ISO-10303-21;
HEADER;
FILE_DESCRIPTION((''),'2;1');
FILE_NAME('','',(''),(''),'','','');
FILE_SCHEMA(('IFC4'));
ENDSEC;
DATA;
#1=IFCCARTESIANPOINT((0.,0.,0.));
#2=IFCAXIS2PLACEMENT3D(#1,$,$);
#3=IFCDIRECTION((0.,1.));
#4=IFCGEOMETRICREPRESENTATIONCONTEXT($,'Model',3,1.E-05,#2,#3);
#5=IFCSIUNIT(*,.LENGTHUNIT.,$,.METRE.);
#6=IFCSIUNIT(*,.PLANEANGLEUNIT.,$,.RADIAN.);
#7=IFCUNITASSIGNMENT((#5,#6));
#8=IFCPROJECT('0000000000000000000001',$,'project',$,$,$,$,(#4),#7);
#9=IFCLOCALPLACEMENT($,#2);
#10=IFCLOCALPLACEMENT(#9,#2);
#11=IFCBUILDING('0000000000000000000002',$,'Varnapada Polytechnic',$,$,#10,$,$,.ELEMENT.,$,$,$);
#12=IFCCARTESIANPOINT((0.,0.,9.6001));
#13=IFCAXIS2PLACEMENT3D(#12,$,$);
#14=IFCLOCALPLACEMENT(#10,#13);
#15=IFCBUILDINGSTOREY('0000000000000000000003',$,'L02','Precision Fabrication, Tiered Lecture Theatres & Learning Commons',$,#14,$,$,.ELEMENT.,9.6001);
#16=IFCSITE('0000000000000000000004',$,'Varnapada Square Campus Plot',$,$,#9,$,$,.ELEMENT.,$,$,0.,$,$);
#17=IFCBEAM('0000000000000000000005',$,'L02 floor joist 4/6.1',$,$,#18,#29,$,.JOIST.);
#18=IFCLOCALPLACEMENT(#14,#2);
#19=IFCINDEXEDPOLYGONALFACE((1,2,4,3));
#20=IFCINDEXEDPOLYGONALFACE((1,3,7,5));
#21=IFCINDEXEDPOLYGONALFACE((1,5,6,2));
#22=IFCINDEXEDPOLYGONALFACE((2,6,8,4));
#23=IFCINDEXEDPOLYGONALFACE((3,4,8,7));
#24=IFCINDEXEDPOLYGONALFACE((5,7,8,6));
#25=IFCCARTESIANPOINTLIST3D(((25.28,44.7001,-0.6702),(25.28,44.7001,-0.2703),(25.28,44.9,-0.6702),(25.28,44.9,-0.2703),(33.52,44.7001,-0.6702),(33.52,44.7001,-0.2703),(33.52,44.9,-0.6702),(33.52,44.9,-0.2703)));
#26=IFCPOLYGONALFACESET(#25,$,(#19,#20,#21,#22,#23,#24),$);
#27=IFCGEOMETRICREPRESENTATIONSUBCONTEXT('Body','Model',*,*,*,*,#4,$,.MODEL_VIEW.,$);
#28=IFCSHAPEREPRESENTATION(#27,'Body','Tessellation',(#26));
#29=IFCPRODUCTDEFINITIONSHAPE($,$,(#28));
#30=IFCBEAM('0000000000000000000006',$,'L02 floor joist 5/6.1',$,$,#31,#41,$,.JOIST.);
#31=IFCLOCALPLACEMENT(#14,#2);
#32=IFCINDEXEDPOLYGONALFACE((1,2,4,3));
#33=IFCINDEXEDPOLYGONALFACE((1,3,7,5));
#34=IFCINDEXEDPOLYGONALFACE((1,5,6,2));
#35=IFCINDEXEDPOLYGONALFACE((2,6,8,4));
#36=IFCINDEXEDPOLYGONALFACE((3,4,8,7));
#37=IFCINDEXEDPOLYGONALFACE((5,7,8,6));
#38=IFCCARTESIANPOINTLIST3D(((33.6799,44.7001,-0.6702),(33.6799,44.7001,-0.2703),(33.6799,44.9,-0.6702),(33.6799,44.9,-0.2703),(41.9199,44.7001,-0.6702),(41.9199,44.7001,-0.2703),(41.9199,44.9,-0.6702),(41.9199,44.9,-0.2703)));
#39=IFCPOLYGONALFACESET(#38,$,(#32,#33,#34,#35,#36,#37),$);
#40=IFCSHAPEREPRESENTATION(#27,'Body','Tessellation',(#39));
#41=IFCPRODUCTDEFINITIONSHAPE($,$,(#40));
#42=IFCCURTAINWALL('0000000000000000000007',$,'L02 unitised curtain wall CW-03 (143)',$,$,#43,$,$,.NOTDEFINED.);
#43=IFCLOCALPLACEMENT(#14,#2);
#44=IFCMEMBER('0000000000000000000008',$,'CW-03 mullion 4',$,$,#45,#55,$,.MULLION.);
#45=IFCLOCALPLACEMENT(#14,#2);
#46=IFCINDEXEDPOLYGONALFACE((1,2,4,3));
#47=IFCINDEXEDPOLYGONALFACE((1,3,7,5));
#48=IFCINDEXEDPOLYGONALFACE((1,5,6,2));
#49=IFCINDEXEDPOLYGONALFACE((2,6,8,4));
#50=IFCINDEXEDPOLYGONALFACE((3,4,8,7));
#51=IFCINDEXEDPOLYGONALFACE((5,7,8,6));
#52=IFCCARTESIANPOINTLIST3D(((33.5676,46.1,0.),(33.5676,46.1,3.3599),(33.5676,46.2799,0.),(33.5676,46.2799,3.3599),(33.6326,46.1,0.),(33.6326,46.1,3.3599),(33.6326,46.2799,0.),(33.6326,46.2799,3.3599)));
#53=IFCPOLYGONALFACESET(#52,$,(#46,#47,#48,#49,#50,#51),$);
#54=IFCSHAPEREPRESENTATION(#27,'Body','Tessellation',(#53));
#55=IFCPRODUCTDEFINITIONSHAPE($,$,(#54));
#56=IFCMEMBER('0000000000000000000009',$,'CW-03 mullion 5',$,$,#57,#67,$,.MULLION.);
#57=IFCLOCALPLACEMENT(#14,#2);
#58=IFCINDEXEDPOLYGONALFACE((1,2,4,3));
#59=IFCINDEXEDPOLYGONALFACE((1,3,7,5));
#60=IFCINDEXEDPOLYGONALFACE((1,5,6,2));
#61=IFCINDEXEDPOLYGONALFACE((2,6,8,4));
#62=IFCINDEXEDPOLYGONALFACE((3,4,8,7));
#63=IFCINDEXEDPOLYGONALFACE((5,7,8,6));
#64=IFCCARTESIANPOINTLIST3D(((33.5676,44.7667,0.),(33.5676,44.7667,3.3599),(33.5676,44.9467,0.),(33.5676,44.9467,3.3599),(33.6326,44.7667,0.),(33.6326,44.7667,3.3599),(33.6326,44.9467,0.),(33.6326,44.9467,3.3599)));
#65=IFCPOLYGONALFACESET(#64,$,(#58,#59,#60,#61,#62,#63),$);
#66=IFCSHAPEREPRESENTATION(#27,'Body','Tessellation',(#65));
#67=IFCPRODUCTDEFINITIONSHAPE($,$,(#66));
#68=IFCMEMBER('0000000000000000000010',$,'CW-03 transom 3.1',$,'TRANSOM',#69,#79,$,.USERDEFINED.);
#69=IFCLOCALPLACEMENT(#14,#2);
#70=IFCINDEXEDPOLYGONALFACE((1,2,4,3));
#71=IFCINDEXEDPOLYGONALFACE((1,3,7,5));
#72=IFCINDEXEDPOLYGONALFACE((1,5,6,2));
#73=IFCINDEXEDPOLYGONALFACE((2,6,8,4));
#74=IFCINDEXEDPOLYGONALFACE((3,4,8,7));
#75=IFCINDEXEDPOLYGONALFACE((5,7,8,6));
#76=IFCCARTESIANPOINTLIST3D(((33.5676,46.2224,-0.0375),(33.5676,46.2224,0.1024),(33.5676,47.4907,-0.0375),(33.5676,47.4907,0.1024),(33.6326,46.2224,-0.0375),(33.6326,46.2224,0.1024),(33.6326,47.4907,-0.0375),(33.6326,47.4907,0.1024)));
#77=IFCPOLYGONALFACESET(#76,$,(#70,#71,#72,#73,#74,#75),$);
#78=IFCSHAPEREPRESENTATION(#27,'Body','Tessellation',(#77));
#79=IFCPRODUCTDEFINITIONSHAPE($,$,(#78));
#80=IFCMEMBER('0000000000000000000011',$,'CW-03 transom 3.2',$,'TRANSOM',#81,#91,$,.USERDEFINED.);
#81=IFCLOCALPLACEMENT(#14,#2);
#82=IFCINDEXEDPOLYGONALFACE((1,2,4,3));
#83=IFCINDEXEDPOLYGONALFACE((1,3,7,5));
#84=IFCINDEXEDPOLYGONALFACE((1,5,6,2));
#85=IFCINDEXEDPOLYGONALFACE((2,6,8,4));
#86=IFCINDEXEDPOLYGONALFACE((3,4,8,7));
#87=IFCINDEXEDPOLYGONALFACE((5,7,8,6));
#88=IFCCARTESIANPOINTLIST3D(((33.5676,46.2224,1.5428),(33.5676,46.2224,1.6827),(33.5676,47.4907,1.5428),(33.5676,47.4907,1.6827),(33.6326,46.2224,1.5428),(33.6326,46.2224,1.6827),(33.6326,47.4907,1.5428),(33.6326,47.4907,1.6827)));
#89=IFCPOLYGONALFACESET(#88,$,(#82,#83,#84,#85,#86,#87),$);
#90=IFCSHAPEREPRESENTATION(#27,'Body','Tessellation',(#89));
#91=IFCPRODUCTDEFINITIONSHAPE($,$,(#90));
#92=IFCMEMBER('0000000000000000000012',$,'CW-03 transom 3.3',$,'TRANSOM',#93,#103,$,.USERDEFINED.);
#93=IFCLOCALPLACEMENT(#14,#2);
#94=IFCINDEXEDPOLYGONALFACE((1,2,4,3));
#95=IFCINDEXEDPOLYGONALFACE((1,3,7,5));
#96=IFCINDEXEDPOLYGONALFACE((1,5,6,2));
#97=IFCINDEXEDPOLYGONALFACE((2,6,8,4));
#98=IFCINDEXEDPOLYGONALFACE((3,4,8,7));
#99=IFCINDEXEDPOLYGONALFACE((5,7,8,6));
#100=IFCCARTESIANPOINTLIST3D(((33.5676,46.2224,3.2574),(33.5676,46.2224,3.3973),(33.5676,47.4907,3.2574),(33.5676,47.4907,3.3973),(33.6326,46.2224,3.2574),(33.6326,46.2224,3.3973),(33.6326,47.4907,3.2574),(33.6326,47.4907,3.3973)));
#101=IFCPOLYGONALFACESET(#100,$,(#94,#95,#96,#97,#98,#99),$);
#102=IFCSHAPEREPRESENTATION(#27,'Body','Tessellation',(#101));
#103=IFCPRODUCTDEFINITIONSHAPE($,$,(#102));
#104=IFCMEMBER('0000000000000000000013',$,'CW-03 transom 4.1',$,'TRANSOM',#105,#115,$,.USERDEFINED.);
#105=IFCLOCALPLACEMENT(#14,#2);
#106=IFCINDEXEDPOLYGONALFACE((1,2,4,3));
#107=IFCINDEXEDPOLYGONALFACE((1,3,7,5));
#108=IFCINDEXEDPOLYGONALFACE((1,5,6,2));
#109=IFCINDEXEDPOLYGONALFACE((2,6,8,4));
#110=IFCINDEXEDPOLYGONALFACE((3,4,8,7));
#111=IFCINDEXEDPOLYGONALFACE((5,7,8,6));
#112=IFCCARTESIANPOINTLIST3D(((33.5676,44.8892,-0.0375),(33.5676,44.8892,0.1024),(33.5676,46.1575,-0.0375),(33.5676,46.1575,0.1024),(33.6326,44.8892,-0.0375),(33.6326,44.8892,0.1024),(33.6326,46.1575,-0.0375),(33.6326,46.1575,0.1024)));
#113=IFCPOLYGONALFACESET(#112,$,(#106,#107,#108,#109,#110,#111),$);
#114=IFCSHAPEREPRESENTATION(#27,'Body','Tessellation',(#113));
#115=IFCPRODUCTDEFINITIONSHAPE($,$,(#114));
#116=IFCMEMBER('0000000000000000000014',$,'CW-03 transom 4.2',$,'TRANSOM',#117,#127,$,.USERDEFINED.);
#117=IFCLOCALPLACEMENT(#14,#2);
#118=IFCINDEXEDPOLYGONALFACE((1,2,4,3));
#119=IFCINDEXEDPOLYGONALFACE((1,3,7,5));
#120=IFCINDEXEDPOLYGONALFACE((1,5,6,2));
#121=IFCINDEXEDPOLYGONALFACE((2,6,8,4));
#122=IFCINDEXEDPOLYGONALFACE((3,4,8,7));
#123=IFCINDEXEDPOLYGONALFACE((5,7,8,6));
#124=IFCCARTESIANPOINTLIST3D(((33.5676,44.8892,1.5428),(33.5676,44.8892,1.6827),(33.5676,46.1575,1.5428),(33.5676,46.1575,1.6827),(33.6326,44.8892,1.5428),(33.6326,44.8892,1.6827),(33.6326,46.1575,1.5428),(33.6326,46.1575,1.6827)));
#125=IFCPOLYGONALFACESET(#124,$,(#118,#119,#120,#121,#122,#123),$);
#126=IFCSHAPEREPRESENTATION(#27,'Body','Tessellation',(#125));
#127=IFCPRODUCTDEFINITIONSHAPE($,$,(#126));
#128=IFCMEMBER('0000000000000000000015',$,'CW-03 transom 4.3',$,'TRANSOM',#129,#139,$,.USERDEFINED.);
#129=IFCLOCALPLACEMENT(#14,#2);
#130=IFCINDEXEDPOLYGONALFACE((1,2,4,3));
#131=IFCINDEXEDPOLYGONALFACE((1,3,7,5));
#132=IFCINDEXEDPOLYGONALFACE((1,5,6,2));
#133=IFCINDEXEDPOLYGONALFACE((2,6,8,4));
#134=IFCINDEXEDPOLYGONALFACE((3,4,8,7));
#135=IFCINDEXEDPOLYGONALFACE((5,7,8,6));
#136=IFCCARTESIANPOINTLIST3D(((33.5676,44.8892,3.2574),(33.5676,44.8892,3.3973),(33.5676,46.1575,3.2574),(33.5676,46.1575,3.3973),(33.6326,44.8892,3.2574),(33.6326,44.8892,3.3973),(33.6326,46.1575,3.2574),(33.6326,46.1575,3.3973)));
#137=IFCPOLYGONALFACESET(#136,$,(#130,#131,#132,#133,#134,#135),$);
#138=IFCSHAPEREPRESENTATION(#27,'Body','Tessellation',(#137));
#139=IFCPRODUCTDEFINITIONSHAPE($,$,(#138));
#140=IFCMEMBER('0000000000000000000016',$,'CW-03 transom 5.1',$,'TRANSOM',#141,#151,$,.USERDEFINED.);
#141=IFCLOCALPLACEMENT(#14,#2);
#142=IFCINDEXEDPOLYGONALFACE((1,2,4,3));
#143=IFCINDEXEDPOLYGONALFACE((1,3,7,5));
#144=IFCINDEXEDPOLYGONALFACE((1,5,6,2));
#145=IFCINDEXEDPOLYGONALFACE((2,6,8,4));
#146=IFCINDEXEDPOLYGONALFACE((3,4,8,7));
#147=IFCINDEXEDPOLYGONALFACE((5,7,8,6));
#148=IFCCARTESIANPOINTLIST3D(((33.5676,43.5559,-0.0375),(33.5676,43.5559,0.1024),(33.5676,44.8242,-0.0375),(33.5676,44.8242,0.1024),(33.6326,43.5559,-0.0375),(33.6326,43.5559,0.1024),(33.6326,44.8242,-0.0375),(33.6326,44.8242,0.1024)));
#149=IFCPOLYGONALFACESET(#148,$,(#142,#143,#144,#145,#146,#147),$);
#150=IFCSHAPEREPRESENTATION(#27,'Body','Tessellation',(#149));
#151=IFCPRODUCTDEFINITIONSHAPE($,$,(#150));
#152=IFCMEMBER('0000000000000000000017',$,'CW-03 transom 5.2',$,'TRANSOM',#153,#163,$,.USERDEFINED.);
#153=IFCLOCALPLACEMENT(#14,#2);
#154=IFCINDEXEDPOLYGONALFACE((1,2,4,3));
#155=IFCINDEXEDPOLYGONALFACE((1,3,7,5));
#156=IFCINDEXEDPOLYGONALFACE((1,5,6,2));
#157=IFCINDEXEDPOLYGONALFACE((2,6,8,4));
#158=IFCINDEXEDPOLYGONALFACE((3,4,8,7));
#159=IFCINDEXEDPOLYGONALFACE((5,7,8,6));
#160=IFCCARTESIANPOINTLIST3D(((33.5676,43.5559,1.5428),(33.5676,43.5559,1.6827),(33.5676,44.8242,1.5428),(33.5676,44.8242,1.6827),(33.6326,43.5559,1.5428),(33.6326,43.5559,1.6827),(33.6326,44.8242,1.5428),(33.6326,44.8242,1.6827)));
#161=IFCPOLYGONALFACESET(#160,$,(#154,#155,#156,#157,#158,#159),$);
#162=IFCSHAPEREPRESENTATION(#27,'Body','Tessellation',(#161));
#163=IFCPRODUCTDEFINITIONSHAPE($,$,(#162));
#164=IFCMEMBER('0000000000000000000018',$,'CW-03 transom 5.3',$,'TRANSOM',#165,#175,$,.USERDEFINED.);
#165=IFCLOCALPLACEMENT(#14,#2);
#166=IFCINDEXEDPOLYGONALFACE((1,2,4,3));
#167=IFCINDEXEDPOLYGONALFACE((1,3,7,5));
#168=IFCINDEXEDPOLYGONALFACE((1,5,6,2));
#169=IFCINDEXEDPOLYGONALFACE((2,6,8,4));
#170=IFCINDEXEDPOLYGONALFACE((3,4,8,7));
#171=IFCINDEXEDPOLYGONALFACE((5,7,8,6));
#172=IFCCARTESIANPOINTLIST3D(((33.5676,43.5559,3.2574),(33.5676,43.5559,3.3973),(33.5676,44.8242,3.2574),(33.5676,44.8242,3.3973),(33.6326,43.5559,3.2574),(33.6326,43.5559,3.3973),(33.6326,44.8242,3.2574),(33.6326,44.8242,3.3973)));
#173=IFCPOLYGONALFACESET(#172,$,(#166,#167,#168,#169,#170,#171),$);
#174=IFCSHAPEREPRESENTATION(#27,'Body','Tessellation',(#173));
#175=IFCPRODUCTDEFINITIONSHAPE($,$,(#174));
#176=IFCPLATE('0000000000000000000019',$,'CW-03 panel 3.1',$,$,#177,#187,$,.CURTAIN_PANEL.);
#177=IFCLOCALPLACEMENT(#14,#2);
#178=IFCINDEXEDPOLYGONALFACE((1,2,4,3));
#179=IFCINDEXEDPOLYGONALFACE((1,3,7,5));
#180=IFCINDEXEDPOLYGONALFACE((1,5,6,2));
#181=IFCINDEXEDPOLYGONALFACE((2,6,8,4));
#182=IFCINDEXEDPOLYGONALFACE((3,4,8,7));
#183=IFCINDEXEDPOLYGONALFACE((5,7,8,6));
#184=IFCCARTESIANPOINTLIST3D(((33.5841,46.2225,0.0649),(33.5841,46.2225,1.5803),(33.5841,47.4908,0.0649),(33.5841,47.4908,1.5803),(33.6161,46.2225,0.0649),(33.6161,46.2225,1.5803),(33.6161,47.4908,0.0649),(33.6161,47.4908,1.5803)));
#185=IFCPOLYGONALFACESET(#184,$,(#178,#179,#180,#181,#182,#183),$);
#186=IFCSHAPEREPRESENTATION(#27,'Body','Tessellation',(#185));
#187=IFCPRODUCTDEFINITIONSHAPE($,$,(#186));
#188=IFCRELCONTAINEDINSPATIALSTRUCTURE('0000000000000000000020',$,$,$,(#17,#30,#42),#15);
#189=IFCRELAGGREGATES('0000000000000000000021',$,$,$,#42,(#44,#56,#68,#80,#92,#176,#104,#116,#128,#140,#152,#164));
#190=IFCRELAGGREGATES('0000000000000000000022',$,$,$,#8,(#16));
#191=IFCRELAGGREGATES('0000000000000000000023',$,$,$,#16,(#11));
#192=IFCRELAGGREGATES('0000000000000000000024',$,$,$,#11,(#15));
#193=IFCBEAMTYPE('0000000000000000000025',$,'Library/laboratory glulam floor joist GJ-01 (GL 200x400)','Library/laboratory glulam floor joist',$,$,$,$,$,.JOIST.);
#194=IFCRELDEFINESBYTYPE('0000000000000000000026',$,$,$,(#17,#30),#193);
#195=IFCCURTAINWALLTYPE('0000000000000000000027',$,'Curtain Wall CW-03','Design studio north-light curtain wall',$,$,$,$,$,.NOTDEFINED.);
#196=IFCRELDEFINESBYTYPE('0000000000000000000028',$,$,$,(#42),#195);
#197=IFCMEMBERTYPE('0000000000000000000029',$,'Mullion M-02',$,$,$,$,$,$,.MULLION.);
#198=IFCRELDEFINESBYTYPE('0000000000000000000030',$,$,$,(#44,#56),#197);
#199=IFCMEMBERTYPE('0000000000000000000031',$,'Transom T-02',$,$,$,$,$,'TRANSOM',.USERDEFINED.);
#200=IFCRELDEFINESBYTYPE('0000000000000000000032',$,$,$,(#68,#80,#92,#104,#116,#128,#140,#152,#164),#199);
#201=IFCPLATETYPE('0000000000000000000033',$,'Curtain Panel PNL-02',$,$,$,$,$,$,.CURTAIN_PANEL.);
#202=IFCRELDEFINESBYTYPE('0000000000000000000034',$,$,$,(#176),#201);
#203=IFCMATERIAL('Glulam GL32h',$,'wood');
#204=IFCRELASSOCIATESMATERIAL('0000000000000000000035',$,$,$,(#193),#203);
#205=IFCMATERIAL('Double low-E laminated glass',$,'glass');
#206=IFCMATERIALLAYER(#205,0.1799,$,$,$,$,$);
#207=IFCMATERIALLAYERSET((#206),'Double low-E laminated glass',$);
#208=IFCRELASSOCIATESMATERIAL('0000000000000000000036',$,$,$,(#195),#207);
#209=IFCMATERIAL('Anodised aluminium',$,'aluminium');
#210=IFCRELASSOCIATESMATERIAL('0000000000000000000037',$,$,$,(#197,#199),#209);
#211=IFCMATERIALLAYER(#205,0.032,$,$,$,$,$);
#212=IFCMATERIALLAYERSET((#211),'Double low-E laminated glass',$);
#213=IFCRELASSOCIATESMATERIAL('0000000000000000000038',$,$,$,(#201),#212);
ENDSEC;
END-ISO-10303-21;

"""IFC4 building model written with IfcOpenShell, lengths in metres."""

from ifc_helpers import new_model, si_unit, direction, frame, origin, origin_2d, place, context, subcontext, project, spatial, rectangle, extrude, material, layer, layer_set, material_profile, profile_set, type_object, element, aggregate, save


model = new_model("IFC4")

# Units and contexts
model_context = context("Model", 3, precision=1e-05, world=origin(), true_north=direction((0.0, 1.0)))
body_context = subcontext(model_context, "Body", "Model", "MODEL_VIEW")
ifc_project = project(units=[si_unit("LENGTHUNIT", "METRE"), si_unit("PLANEANGLEUNIT", "RADIAN")], contexts=[model_context])

# Site, building, storey
site_placement = place(None, origin())
site = spatial("IfcSite", under=ifc_project, at=site_placement, Name="Varnapada Square Campus Plot", CompositionType="ELEMENT", RefElevation=0.0)
building_placement = place(site_placement, origin())
building = spatial("IfcBuilding", under=site, at=building_placement, Name="Varnapada Polytechnic", CompositionType="ELEMENT")
storey_placement = place(building_placement, frame((0.0, 0.0, 9.6001)))
storey = spatial("IfcBuildingStorey", under=building, at=storey_placement, Name="L02", Description="Precision Fabrication, Tiered Lecture Theatres & Learning Commons", CompositionType="ELEMENT", Elevation=9.6001)

# Beams
ifc_material_1 = material(Name="Glulam GL32h", Category="wood")
ifc_material_profile_1 = material_profile(ifc_material_1, rectangle(XDim=0.2, YDim=0.3999, at=origin_2d()), Name="GL 200x400")
ifc_profile_set_1 = profile_set([ifc_material_profile_1], Name="Glulam GL32h")
beam_type = type_object("IfcBeamType", Name="Library/laboratory glulam floor joist GJ-01 (GL 200x400)", Description="Library/laboratory glulam floor joist", PredefinedType="JOIST", material=ifc_profile_set_1)
for number, where, z_axis, x_axis, name in (
    (1, (25.28, 44.8, -0.4702), (1.0, 0.0, 0.0), (0.0, 1.0, 0.0), "L02 floor joist 4/6.1"),
    (2, (33.6799, 44.8, -0.4702), (1.0, 0.0, 0.0), (0.0, 1.0, 0.0), "L02 floor joist 5/6.1"),
):
    element("IfcBeam", number, at=place(storey_placement, frame(where, z_axis=z_axis, x_axis=x_axis)), inside=storey, type_object=beam_type, Name=name, PredefinedType="JOIST", context=body_context, shape_type="SweptSolid", body=[
        extrude(rectangle(XDim=0.2, YDim=0.3999, at=origin_2d()), origin(), (0.0, 0.0, 1.0), 8.24),
    ])

# Curtain wall, members, plate
ifc_material_2 = material(Name="Double low-E laminated glass", Category="glass")
ifc_layer_1 = layer(ifc_material_2, 0.1799)
ifc_layer_set_1 = layer_set([ifc_layer_1], Name="Double low-E laminated glass")
curtain_wall_type = type_object("IfcCurtainWallType", Name="Curtain Wall CW-03", Description="Design studio north-light curtain wall", PredefinedType="NOTDEFINED", material=ifc_layer_set_1)
curtain_wall_placement = place(storey_placement, origin())
curtain_wall = element("IfcCurtainWall", 3, at=curtain_wall_placement, inside=storey, type_object=curtain_wall_type, Name="L02 unitised curtain wall CW-03 (143)", PredefinedType="NOTDEFINED")
ifc_material_3 = material(Name="Anodised aluminium", Category="aluminium")
ifc_material_profile_2 = material_profile(ifc_material_3, rectangle(XDim=0.0649, YDim=0.1799, at=origin_2d()), Name="ALU M65x180")
ifc_profile_set_2 = profile_set([ifc_material_profile_2], Name="Anodised aluminium")
member_type_1 = type_object("IfcMemberType", Name="Mullion M-02", PredefinedType="MULLION", material=ifc_profile_set_2)
member_1_placement = place(storey_placement, frame((33.6001, 46.1899, 0.0), z_axis=(0.0, 0.0, 1.0), x_axis=(1.0, 0.0, 0.0)))
member_1 = element("IfcMember", 4, at=member_1_placement, type_object=member_type_1, Name="CW-03 mullion 4", PredefinedType="MULLION", context=body_context, shape_type="SweptSolid", body=[
    extrude(rectangle(XDim=0.0649, YDim=0.1799, at=origin_2d()), origin(), (0.0, 0.0, 1.0), 3.3599),
])
member_2_placement = place(storey_placement, frame((33.6001, 44.8567, 0.0), z_axis=(0.0, 0.0, 1.0), x_axis=(1.0, 0.0, 0.0)))
member_2 = element("IfcMember", 5, at=member_2_placement, type_object=member_type_1, Name="CW-03 mullion 5", PredefinedType="MULLION", context=body_context, shape_type="SweptSolid", body=[
    extrude(rectangle(XDim=0.0649, YDim=0.1799, at=origin_2d()), origin(), (0.0, 0.0, 1.0), 3.3599),
])
ifc_material_profile_3 = material_profile(ifc_material_3, rectangle(XDim=0.0649, YDim=0.1399, at=origin_2d()), Name="ALU T65x140")
ifc_profile_set_3 = profile_set([ifc_material_profile_3], Name="Anodised aluminium")
member_type_2 = type_object("IfcMemberType", Name="Transom T-02", ElementType="TRANSOM", PredefinedType="USERDEFINED", material=ifc_profile_set_3)
member_3_placement = place(storey_placement, frame((33.6001, 47.4907, 0.0325), z_axis=(0.0, -1.0, 0.0), x_axis=(1.0, 0.0, 0.0)))
member_3 = element("IfcMember", 6, at=member_3_placement, type_object=member_type_2, Name="CW-03 transom 3.1", ObjectType="TRANSOM", PredefinedType="USERDEFINED", context=body_context, shape_type="SweptSolid", body=[
    extrude(rectangle(XDim=0.0649, YDim=0.1399, at=origin_2d()), origin(), (0.0, 0.0, 1.0), 1.2683),
])
member_4_placement = place(storey_placement, frame((33.6001, 47.4907, 1.6128), z_axis=(0.0, -1.0, 0.0), x_axis=(1.0, 0.0, 0.0)))
member_4 = element("IfcMember", 7, at=member_4_placement, type_object=member_type_2, Name="CW-03 transom 3.2", ObjectType="TRANSOM", PredefinedType="USERDEFINED", context=body_context, shape_type="SweptSolid", body=[
    extrude(rectangle(XDim=0.0649, YDim=0.1399, at=origin_2d()), origin(), (0.0, 0.0, 1.0), 1.2683),
])
member_5_placement = place(storey_placement, frame((33.6001, 47.4907, 3.3274), z_axis=(0.0, -1.0, 0.0), x_axis=(1.0, 0.0, 0.0)))
member_5 = element("IfcMember", 8, at=member_5_placement, type_object=member_type_2, Name="CW-03 transom 3.3", ObjectType="TRANSOM", PredefinedType="USERDEFINED", context=body_context, shape_type="SweptSolid", body=[
    extrude(rectangle(XDim=0.0649, YDim=0.1399, at=origin_2d()), origin(), (0.0, 0.0, 1.0), 1.2683),
])
member_6_placement = place(storey_placement, frame((33.6001, 46.1575, 0.0325), z_axis=(0.0, -1.0, 0.0), x_axis=(1.0, 0.0, 0.0)))
member_6 = element("IfcMember", 9, at=member_6_placement, type_object=member_type_2, Name="CW-03 transom 4.1", ObjectType="TRANSOM", PredefinedType="USERDEFINED", context=body_context, shape_type="SweptSolid", body=[
    extrude(rectangle(XDim=0.0649, YDim=0.1399, at=origin_2d()), origin(), (0.0, 0.0, 1.0), 1.2683),
])
member_7_placement = place(storey_placement, frame((33.6001, 46.1575, 1.6128), z_axis=(0.0, -1.0, 0.0), x_axis=(1.0, 0.0, 0.0)))
member_7 = element("IfcMember", 10, at=member_7_placement, type_object=member_type_2, Name="CW-03 transom 4.2", ObjectType="TRANSOM", PredefinedType="USERDEFINED", context=body_context, shape_type="SweptSolid", body=[
    extrude(rectangle(XDim=0.0649, YDim=0.1399, at=origin_2d()), origin(), (0.0, 0.0, 1.0), 1.2683),
])
member_8_placement = place(storey_placement, frame((33.6001, 46.1575, 3.3274), z_axis=(0.0, -1.0, 0.0), x_axis=(1.0, 0.0, 0.0)))
member_8 = element("IfcMember", 11, at=member_8_placement, type_object=member_type_2, Name="CW-03 transom 4.3", ObjectType="TRANSOM", PredefinedType="USERDEFINED", context=body_context, shape_type="SweptSolid", body=[
    extrude(rectangle(XDim=0.0649, YDim=0.1399, at=origin_2d()), origin(), (0.0, 0.0, 1.0), 1.2683),
])
member_9_placement = place(storey_placement, frame((33.6001, 44.8242, 0.0325), z_axis=(0.0, -1.0, 0.0), x_axis=(1.0, 0.0, 0.0)))
member_9 = element("IfcMember", 12, at=member_9_placement, type_object=member_type_2, Name="CW-03 transom 5.1", ObjectType="TRANSOM", PredefinedType="USERDEFINED", context=body_context, shape_type="SweptSolid", body=[
    extrude(rectangle(XDim=0.0649, YDim=0.1399, at=origin_2d()), origin(), (0.0, 0.0, 1.0), 1.2683),
])
member_10_placement = place(storey_placement, frame((33.6001, 44.8242, 1.6128), z_axis=(0.0, -1.0, 0.0), x_axis=(1.0, 0.0, 0.0)))
member_10 = element("IfcMember", 13, at=member_10_placement, type_object=member_type_2, Name="CW-03 transom 5.2", ObjectType="TRANSOM", PredefinedType="USERDEFINED", context=body_context, shape_type="SweptSolid", body=[
    extrude(rectangle(XDim=0.0649, YDim=0.1399, at=origin_2d()), origin(), (0.0, 0.0, 1.0), 1.2683),
])
member_11_placement = place(storey_placement, frame((33.6001, 44.8242, 3.3274), z_axis=(0.0, -1.0, 0.0), x_axis=(1.0, 0.0, 0.0)))
member_11 = element("IfcMember", 14, at=member_11_placement, type_object=member_type_2, Name="CW-03 transom 5.3", ObjectType="TRANSOM", PredefinedType="USERDEFINED", context=body_context, shape_type="SweptSolid", body=[
    extrude(rectangle(XDim=0.0649, YDim=0.1399, at=origin_2d()), origin(), (0.0, 0.0, 1.0), 1.2683),
])
ifc_layer_2 = layer(ifc_material_2, 0.032)
ifc_layer_set_2 = layer_set([ifc_layer_2], Name="Double low-E laminated glass")
plate_type = type_object("IfcPlateType", Name="Curtain Panel PNL-02", PredefinedType="CURTAIN_PANEL", material=ifc_layer_set_2)
plate_1_placement = place(storey_placement, frame((33.6001, 46.8567, 0.0649), z_axis=(0.0, 0.0, 1.0), x_axis=(0.0, -1.0, 0.0)))
plate_1 = element("IfcPlate", 15, at=plate_1_placement, type_object=plate_type, Name="CW-03 panel 3.1", PredefinedType="CURTAIN_PANEL", context=body_context, shape_type="SweptSolid", body=[
    extrude(rectangle(XDim=1.2683, YDim=0.032, at=origin_2d()), origin(), (0.0, 0.0, 1.0), 1.5154),
])
aggregate(curtain_wall, [member_1, member_2, member_3, member_4, member_5, plate_1, member_6, member_7, member_8, member_9, member_10, member_11])

save(model, "model.ifc")
